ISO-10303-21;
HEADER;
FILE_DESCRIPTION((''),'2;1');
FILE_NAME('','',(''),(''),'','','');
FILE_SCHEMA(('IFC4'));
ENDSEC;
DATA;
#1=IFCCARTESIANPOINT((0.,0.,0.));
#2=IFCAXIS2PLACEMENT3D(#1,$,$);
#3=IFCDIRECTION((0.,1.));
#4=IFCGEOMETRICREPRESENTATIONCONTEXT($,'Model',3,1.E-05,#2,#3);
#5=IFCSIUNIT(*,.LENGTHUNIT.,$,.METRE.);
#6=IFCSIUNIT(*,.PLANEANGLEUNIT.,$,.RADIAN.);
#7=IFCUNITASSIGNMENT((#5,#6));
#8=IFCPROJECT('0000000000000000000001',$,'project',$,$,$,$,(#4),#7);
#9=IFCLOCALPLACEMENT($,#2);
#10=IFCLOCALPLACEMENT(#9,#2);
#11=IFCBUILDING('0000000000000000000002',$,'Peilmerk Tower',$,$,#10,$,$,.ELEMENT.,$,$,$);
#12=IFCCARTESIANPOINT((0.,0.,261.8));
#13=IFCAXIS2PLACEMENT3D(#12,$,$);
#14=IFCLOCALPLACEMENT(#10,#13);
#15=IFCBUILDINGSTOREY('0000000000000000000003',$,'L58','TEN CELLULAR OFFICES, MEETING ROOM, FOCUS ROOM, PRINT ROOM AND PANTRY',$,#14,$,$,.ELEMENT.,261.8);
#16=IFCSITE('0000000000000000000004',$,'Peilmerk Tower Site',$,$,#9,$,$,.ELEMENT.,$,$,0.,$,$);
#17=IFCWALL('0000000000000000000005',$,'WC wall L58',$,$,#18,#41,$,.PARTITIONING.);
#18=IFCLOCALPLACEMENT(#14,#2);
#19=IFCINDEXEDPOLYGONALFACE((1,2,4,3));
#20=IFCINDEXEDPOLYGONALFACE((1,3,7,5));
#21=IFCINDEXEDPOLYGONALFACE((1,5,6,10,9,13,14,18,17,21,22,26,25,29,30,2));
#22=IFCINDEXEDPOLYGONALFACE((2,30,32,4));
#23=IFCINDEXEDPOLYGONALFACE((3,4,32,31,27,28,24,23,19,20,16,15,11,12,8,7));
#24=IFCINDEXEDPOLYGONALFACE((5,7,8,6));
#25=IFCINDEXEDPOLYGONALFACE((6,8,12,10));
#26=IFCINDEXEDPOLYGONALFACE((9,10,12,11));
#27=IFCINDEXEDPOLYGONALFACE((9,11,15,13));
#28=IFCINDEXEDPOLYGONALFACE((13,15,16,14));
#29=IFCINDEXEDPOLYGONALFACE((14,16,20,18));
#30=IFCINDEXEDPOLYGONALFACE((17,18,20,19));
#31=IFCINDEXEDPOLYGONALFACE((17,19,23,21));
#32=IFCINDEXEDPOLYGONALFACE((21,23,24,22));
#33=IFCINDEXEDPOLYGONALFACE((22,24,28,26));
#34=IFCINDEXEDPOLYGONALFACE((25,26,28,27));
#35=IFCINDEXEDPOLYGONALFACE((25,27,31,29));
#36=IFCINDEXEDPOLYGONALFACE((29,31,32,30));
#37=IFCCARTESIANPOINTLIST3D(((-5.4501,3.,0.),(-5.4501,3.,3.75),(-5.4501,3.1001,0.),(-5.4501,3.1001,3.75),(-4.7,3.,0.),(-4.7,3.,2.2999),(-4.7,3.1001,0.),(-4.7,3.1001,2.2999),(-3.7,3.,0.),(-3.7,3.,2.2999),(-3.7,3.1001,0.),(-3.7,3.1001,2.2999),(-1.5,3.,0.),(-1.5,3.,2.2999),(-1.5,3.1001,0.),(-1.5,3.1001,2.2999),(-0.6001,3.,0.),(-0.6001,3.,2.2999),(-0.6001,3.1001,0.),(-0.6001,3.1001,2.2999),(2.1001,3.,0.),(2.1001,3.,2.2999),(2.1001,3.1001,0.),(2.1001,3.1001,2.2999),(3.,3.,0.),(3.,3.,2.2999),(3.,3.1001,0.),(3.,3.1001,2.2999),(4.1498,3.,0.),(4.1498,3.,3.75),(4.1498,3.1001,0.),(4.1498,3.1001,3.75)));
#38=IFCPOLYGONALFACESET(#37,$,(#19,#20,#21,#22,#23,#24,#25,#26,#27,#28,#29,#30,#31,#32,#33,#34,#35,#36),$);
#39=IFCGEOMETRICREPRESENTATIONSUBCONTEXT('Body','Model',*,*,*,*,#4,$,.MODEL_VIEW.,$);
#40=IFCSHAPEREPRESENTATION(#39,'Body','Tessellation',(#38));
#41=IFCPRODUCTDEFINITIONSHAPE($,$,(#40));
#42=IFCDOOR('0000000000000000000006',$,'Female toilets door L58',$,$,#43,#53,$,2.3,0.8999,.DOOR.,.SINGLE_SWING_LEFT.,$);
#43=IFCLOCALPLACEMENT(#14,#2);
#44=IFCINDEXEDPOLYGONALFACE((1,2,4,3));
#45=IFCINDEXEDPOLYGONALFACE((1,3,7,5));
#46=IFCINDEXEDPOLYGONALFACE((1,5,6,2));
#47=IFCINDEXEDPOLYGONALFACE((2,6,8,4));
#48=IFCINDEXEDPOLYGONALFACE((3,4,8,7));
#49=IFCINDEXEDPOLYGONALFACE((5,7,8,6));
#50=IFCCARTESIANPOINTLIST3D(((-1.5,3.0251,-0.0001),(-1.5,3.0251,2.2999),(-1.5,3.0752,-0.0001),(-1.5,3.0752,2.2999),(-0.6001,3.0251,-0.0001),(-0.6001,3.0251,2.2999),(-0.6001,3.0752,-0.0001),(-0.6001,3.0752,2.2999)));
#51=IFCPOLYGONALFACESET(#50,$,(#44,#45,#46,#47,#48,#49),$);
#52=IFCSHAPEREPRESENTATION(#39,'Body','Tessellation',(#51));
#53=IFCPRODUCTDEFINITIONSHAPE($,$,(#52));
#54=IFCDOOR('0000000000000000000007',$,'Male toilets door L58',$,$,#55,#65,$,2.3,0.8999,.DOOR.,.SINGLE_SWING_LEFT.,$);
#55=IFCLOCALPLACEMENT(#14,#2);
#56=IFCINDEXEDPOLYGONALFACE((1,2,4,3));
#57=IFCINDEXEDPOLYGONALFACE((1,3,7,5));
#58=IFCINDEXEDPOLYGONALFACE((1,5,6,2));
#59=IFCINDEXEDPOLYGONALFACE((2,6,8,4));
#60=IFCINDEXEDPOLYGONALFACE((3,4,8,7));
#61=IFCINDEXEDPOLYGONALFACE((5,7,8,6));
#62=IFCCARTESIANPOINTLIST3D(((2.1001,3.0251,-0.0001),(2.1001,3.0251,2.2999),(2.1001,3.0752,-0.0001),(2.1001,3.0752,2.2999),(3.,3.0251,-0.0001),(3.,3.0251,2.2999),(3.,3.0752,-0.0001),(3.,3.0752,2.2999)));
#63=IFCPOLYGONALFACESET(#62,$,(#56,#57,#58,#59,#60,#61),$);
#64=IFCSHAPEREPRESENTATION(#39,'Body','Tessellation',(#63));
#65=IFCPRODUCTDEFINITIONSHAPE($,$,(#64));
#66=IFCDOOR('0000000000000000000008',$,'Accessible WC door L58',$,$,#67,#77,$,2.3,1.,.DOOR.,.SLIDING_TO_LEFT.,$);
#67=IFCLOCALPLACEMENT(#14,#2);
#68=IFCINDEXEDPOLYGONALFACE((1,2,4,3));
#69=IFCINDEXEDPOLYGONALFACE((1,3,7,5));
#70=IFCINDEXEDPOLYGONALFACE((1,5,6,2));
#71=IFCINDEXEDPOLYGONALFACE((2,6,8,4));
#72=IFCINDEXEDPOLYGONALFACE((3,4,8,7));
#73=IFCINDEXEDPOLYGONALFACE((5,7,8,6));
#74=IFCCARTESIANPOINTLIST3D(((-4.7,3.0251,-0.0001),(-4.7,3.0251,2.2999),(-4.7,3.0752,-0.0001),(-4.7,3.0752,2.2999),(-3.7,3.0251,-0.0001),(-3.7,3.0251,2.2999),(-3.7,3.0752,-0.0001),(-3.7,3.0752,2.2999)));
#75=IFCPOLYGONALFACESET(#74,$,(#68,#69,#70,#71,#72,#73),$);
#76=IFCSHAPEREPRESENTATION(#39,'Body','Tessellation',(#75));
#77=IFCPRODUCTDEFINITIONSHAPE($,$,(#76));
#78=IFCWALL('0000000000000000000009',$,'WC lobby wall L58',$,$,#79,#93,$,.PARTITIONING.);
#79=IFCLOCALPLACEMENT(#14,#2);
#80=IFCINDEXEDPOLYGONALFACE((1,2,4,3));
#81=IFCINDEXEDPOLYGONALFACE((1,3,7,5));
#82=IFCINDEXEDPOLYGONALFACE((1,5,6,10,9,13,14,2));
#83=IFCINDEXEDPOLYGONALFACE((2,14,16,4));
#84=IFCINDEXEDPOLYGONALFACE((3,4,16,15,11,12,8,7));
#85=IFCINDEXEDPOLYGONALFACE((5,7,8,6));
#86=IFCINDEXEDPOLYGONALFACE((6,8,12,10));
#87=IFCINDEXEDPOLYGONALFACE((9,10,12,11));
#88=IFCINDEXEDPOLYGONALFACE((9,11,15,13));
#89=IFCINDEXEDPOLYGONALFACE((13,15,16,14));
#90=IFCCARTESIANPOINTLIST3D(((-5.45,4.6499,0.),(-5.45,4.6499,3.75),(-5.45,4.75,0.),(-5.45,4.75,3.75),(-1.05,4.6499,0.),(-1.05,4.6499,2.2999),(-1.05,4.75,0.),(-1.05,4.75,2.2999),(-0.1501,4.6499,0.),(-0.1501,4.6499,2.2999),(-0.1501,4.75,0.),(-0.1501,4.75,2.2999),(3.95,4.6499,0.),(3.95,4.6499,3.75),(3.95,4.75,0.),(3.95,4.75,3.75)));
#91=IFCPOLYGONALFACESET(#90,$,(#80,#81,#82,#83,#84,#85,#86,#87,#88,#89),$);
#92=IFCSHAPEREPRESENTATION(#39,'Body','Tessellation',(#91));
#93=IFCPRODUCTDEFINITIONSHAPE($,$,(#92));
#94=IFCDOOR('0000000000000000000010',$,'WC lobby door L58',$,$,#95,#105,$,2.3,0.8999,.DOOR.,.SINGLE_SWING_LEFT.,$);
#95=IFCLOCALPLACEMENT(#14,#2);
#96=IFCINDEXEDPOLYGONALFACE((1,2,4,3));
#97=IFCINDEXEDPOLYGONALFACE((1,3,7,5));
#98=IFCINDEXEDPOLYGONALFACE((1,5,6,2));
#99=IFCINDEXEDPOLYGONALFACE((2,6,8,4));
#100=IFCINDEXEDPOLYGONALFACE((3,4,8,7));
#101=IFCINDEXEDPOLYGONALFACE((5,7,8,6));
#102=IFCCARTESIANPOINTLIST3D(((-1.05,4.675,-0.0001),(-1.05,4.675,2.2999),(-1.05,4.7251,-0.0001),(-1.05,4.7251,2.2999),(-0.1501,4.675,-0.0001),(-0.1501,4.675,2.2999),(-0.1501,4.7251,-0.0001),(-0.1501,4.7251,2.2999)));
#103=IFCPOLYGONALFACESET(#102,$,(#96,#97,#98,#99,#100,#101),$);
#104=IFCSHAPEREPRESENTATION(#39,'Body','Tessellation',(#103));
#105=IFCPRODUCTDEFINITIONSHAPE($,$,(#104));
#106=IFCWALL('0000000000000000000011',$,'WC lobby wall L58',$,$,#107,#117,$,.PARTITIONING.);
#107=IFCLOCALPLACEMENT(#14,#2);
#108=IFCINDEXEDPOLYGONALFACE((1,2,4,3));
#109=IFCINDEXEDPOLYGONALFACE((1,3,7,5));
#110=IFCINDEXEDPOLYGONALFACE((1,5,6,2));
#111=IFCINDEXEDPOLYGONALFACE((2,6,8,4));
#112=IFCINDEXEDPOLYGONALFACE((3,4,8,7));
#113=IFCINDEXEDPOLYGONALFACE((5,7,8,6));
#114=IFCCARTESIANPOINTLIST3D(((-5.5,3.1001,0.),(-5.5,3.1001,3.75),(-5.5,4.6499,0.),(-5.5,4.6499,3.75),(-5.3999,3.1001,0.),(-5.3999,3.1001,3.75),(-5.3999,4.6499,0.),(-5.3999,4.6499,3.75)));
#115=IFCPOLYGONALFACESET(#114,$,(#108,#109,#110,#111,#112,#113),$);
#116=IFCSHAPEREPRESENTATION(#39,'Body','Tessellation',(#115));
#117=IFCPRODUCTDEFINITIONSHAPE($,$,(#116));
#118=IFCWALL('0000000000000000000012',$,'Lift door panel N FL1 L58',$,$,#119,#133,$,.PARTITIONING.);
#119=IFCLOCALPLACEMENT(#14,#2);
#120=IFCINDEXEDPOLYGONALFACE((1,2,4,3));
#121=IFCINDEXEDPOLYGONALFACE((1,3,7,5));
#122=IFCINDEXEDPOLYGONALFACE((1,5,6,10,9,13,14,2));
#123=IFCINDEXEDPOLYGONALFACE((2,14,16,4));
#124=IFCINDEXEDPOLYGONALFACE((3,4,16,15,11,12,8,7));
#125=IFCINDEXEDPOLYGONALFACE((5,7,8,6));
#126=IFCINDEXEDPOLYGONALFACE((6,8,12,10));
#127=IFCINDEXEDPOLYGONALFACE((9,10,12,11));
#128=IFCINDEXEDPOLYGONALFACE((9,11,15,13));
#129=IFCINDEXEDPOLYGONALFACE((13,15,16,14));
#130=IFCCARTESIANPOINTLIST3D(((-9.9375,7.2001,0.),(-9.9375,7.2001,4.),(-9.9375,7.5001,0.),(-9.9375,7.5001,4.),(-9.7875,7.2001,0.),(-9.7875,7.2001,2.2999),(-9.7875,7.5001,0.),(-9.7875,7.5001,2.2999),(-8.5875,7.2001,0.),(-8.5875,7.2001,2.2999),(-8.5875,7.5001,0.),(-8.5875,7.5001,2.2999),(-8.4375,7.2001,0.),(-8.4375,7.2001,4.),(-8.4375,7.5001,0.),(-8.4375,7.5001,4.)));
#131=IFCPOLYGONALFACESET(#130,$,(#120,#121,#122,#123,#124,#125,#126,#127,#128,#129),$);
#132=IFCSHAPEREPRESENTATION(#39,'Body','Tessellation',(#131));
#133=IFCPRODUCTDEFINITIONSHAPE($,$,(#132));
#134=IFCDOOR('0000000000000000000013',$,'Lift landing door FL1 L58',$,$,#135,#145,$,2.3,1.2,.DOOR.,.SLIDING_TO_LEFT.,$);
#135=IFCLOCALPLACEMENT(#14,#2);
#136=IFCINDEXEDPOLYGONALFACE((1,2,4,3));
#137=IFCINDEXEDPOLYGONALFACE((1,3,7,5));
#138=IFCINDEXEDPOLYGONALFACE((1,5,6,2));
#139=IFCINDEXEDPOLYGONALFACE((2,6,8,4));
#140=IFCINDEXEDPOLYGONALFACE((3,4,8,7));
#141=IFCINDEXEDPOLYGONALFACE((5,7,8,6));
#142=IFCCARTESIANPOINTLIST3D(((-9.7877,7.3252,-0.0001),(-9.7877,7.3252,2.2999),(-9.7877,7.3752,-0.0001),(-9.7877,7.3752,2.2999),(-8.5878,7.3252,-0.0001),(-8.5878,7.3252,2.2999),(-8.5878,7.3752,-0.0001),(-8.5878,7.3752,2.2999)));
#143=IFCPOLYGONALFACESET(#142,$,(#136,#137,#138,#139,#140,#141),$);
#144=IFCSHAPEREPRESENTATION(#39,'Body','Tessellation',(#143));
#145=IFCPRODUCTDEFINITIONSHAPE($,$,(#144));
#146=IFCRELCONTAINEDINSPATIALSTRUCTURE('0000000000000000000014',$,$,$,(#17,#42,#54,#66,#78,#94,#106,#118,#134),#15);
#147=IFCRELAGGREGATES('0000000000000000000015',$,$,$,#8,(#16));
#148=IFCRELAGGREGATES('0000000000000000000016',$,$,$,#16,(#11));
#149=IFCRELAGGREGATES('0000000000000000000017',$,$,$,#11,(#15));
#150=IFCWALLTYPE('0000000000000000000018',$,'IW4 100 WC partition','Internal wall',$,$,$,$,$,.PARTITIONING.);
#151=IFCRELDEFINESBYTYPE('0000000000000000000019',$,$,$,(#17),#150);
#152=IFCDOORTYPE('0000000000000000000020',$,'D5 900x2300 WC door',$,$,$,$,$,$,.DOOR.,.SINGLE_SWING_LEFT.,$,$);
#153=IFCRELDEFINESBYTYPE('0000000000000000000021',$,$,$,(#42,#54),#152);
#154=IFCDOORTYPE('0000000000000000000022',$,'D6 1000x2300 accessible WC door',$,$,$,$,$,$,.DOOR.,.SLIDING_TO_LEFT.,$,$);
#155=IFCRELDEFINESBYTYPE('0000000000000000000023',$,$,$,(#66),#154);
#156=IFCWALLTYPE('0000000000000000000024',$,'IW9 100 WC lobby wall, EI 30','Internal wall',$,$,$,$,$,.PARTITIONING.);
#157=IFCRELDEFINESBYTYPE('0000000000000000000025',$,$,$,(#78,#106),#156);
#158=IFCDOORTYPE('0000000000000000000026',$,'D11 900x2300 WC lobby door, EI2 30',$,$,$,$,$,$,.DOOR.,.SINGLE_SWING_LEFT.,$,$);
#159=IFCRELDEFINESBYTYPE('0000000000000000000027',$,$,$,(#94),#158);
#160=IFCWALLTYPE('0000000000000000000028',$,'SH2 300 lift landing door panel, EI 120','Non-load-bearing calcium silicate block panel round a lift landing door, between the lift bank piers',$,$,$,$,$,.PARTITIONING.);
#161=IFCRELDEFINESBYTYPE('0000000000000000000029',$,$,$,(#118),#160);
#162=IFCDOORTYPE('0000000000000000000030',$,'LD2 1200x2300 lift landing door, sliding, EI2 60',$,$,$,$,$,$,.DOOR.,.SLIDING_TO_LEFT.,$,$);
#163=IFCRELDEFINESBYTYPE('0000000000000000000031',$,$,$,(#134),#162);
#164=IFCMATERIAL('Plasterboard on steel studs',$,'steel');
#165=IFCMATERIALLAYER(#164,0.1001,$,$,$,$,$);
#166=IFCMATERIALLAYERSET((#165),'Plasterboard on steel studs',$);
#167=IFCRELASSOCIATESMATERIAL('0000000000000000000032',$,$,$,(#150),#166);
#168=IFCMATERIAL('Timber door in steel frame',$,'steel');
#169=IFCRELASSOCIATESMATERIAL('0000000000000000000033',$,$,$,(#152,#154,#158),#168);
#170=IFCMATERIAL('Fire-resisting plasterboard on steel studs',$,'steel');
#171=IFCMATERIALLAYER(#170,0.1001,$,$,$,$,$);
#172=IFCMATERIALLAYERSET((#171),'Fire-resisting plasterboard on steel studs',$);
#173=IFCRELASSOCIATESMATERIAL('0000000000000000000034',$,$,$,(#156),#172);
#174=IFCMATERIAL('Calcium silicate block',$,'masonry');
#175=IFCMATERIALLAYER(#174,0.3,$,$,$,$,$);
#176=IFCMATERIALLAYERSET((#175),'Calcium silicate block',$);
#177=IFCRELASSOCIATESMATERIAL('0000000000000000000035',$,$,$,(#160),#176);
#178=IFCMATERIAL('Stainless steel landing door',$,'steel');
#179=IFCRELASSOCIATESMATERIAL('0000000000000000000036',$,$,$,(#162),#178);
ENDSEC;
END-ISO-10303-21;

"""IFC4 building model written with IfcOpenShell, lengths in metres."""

from ifc_helpers import new_model, si_unit, direction, frame, frame_2d, origin, place, context, subcontext, project, spatial, rectangle, extrude, material, layer, layer_set, type_object, element, fill, save


model = new_model("IFC4")

# Units and contexts
model_context = context("Model", 3, precision=1e-05, world=origin(), true_north=direction((0.0, 1.0)))
body_context = subcontext(model_context, "Body", "Model", "MODEL_VIEW")
ifc_project = project(units=[si_unit("LENGTHUNIT", "METRE"), si_unit("PLANEANGLEUNIT", "RADIAN")], contexts=[model_context])

# Site, building, storey
site_placement = place(None, origin())
site = spatial("IfcSite", under=ifc_project, at=site_placement, Name="Peilmerk Tower Site", CompositionType="ELEMENT", RefElevation=0.0)
building_placement = place(site_placement, origin())
building = spatial("IfcBuilding", under=site, at=building_placement, Name="Peilmerk Tower", CompositionType="ELEMENT")
storey_placement = place(building_placement, frame((0.0, 0.0, 261.8)))
storey = spatial("IfcBuildingStorey", under=building, at=storey_placement, Name="L58", Description="TEN CELLULAR OFFICES, MEETING ROOM, FOCUS ROOM, PRINT ROOM AND PANTRY", CompositionType="ELEMENT", Elevation=261.8)

# Wall, openings, doors
ifc_material_1 = material(Name="Plasterboard on steel studs", Category="steel")
ifc_layer_1 = layer(ifc_material_1, 0.1001)
ifc_layer_set_1 = layer_set([ifc_layer_1], Name="Plasterboard on steel studs")
wall_type_1 = type_object("IfcWallType", Name="IW4 100 WC partition", Description="Internal wall", PredefinedType="PARTITIONING", material=ifc_layer_set_1)
wall_1_placement = place(storey_placement, frame((-5.45, 3.05, 0.0), z_axis=(0.0, 0.0, 1.0), x_axis=(1.0, 0.0, 0.0)))
wall_1 = element("IfcWall", 1, at=wall_1_placement, inside=storey, type_object=wall_type_1, Name="WC wall L58", PredefinedType="PARTITIONING", context=body_context, shape_type="SweptSolid", body=[
    extrude(rectangle(XDim=9.5999, YDim=0.1001, at=frame_2d((4.7998, 0.0))), origin(), (0.0, 0.0, 1.0), 3.75),
])
opening_1_placement = place(wall_1_placement, frame((0.75, 0.0, 0.0)))
opening_1 = element("IfcOpeningElement", 2, at=opening_1_placement, cuts=wall_1, PredefinedType="OPENING", context=body_context, shape_type="SweptSolid", body=[
    extrude(rectangle(XDim=1.0, YDim=2.3, at=frame_2d((0.5, 1.1499))), frame((0.0, 0.0601, 0.0), z_axis=(0.0, -1.0, 0.0), x_axis=(1.0, 0.0, 0.0)), (0.0, 0.0, 1.0), 0.1201),
])
opening_2_placement = place(wall_1_placement, frame((3.95, 0.0, 0.0)))
opening_2 = element("IfcOpeningElement", 3, at=opening_2_placement, cuts=wall_1, PredefinedType="OPENING", context=body_context, shape_type="SweptSolid", body=[
    extrude(rectangle(XDim=0.8999, YDim=2.3, at=frame_2d((0.45, 1.1499))), frame((0.0, 0.0601, 0.0), z_axis=(0.0, -1.0, 0.0), x_axis=(1.0, 0.0, 0.0)), (0.0, 0.0, 1.0), 0.1201),
])
opening_3_placement = place(wall_1_placement, frame((7.55, 0.0, 0.0)))
opening_3 = element("IfcOpeningElement", 4, at=opening_3_placement, cuts=wall_1, PredefinedType="OPENING", context=body_context, shape_type="SweptSolid", body=[
    extrude(rectangle(XDim=0.8999, YDim=2.3, at=frame_2d((0.45, 1.1499))), frame((0.0, 0.0601, 0.0), z_axis=(0.0, -1.0, 0.0), x_axis=(1.0, 0.0, 0.0)), (0.0, 0.0, 1.0), 0.1201),
])
ifc_material_2 = material(Name="Timber door in steel frame", Category="steel")
door_type_1 = type_object("IfcDoorType", Name="D5 900x2300 WC door", OperationType="SINGLE_SWING_LEFT", PredefinedType="DOOR", material=ifc_material_2)
door_1_placement = place(opening_2_placement, frame((0.8999, 0.0, 0.0), z_axis=(0.0, 0.0, 1.0), x_axis=(-1.0, 0.0, 0.0)))
door_1 = element("IfcDoor", 5, at=door_1_placement, inside=storey, type_object=door_type_1, Name="Female toilets door L58", OperationType="SINGLE_SWING_LEFT", OverallHeight=2.3, OverallWidth=0.8999, PredefinedType="DOOR", context=body_context, shape_type="SweptSolid", body=[
    extrude(rectangle(XDim=0.8999, YDim=2.3, at=frame_2d((0.45, 1.1499))), frame((0.0, 0.0249, 0.0), z_axis=(0.0, -1.0, 0.0), x_axis=(1.0, 0.0, 0.0)), (0.0, 0.0, 1.0), 0.05),
])
fill(opening_2, door_1)
door_2_placement = place(opening_3_placement, frame((0.8999, 0.0, 0.0), z_axis=(0.0, 0.0, 1.0), x_axis=(-1.0, 0.0, 0.0)))
door_2 = element("IfcDoor", 6, at=door_2_placement, inside=storey, type_object=door_type_1, Name="Male toilets door L58", OperationType="SINGLE_SWING_LEFT", OverallHeight=2.3, OverallWidth=0.8999, PredefinedType="DOOR", context=body_context, shape_type="SweptSolid", body=[
    extrude(rectangle(XDim=0.8999, YDim=2.3, at=frame_2d((0.45, 1.1499))), frame((0.0, 0.0249, 0.0), z_axis=(0.0, -1.0, 0.0), x_axis=(1.0, 0.0, 0.0)), (0.0, 0.0, 1.0), 0.05),
])
fill(opening_3, door_2)
door_type_2 = type_object("IfcDoorType", Name="D6 1000x2300 accessible WC door", OperationType="SLIDING_TO_LEFT", PredefinedType="DOOR", material=ifc_material_2)
door_3_placement = place(opening_1_placement, frame((1.0, 0.0, 0.0), z_axis=(0.0, 0.0, 1.0), x_axis=(-1.0, 0.0, 0.0)))
door_3 = element("IfcDoor", 7, at=door_3_placement, inside=storey, type_object=door_type_2, Name="Accessible WC door L58", OperationType="SLIDING_TO_LEFT", OverallHeight=2.3, OverallWidth=1.0, PredefinedType="DOOR", context=body_context, shape_type="SweptSolid", body=[
    extrude(rectangle(XDim=1.0, YDim=2.3, at=frame_2d((0.5, 1.1499))), frame((0.0, 0.0249, 0.0), z_axis=(0.0, -1.0, 0.0), x_axis=(1.0, 0.0, 0.0)), (0.0, 0.0, 1.0), 0.05),
])
fill(opening_1, door_3)

# Wall, opening, door
ifc_material_3 = material(Name="Fire-resisting plasterboard on steel studs", Category="steel")
ifc_layer_2 = layer(ifc_material_3, 0.1001)
ifc_layer_set_2 = layer_set([ifc_layer_2], Name="Fire-resisting plasterboard on steel studs")
wall_type_2 = type_object("IfcWallType", Name="IW9 100 WC lobby wall, EI 30", Description="Internal wall", PredefinedType="PARTITIONING", material=ifc_layer_set_2)
wall_2_placement = place(storey_placement, frame((-5.45, 4.7, 0.0), z_axis=(0.0, 0.0, 1.0), x_axis=(1.0, 0.0, 0.0)))
wall_2 = element("IfcWall", 8, at=wall_2_placement, inside=storey, type_object=wall_type_2, Name="WC lobby wall L58", PredefinedType="PARTITIONING", context=body_context, shape_type="SweptSolid", body=[
    extrude(rectangle(XDim=9.3999, YDim=0.1001, at=frame_2d((4.7, 0.0))), origin(), (0.0, 0.0, 1.0), 3.75),
])
opening_4_placement = place(wall_2_placement, frame((4.3999, 0.0, 0.0)))
opening_4 = element("IfcOpeningElement", 9, at=opening_4_placement, cuts=wall_2, PredefinedType="OPENING", context=body_context, shape_type="SweptSolid", body=[
    extrude(rectangle(XDim=0.8999, YDim=2.3, at=frame_2d((0.45, 1.1499))), frame((0.0, 0.0601, 0.0), z_axis=(0.0, -1.0, 0.0), x_axis=(1.0, 0.0, 0.0)), (0.0, 0.0, 1.0), 0.1201),
])
door_type_3 = type_object("IfcDoorType", Name="D11 900x2300 WC lobby door, EI2 30", OperationType="SINGLE_SWING_LEFT", PredefinedType="DOOR", material=ifc_material_2)
door_4_placement = place(opening_4_placement, frame((0.8999, 0.0, 0.0), z_axis=(0.0, 0.0, 1.0), x_axis=(-1.0, 0.0, 0.0)))
door_4 = element("IfcDoor", 10, at=door_4_placement, inside=storey, type_object=door_type_3, Name="WC lobby door L58", OperationType="SINGLE_SWING_LEFT", OverallHeight=2.3, OverallWidth=0.8999, PredefinedType="DOOR", context=body_context, shape_type="SweptSolid", body=[
    extrude(rectangle(XDim=0.8999, YDim=2.3, at=frame_2d((0.45, 1.1499))), frame((0.0, 0.0249, 0.0), z_axis=(0.0, -1.0, 0.0), x_axis=(1.0, 0.0, 0.0)), (0.0, 0.0, 1.0), 0.05),
])
fill(opening_4, door_4)

# Wall
wall_3_placement = place(storey_placement, frame((-5.45, 3.1001, 0.0), z_axis=(0.0, 0.0, 1.0), x_axis=(0.0, 1.0, 0.0)))
element("IfcWall", 11, at=wall_3_placement, inside=storey, type_object=wall_type_2, Name="WC lobby wall L58", PredefinedType="PARTITIONING", context=body_context, shape_type="SweptSolid", body=[
    extrude(rectangle(XDim=1.5498, YDim=0.1001, at=frame_2d((0.7749, 0.0))), origin(), (0.0, 0.0, 1.0), 3.75),
])

# Wall, opening, door
ifc_material_4 = material(Name="Calcium silicate block", Category="masonry")
ifc_layer_3 = layer(ifc_material_4, 0.3)
ifc_layer_set_3 = layer_set([ifc_layer_3], Name="Calcium silicate block")
wall_type_3 = type_object("IfcWallType", Name="SH2 300 lift landing door panel, EI 120", Description="Non-load-bearing calcium silicate block panel round a lift landing door, between the lift bank piers", PredefinedType="PARTITIONING", material=ifc_layer_set_3)
wall_4_placement = place(storey_placement, frame((-9.9375, 7.3501, 0.0), z_axis=(0.0, 0.0, 1.0), x_axis=(1.0, 0.0, 0.0)))
wall_4 = element("IfcWall", 12, at=wall_4_placement, inside=storey, type_object=wall_type_3, Name="Lift door panel N FL1 L58", PredefinedType="PARTITIONING", context=body_context, shape_type="SweptSolid", body=[
    extrude(rectangle(XDim=1.5, YDim=0.3, at=frame_2d((0.75, 0.0))), origin(), (0.0, 0.0, 1.0), 4.0),
])
opening_5_placement = place(wall_4_placement, frame((0.1499, 0.0, 0.0)))
opening_5 = element("IfcOpeningElement", 13, at=opening_5_placement, cuts=wall_4, PredefinedType="OPENING", context=body_context, shape_type="SweptSolid", body=[
    extrude(rectangle(XDim=1.2, YDim=2.3, at=frame_2d((0.6001, 1.1499))), frame((0.0, 0.1599, 0.0), z_axis=(0.0, -1.0, 0.0), x_axis=(1.0, 0.0, 0.0)), (0.0, 0.0, 1.0), 0.3201),
])
ifc_material_5 = material(Name="Stainless steel landing door", Category="steel")
door_type_4 = type_object("IfcDoorType", Name="LD2 1200x2300 lift landing door, sliding, EI2 60", OperationType="SLIDING_TO_LEFT", PredefinedType="DOOR", material=ifc_material_5)
door_5_placement = place(opening_5_placement, frame((1.2, 0.0, 0.0), z_axis=(0.0, 0.0, 1.0), x_axis=(-1.0, 0.0, 0.0)))
door_5 = element("IfcDoor", 14, at=door_5_placement, inside=storey, type_object=door_type_4, Name="Lift landing door FL1 L58", OperationType="SLIDING_TO_LEFT", OverallHeight=2.3, OverallWidth=1.2, PredefinedType="DOOR", context=body_context, shape_type="SweptSolid", body=[
    extrude(rectangle(XDim=1.2, YDim=2.3, at=frame_2d((0.6001, 1.1499))), frame((0.0, 0.0249, 0.0), z_axis=(0.0, -1.0, 0.0), x_axis=(1.0, 0.0, 0.0)), (0.0, 0.0, 1.0), 0.05),
])
fill(opening_5, door_5)

save(model, "model.ifc")
